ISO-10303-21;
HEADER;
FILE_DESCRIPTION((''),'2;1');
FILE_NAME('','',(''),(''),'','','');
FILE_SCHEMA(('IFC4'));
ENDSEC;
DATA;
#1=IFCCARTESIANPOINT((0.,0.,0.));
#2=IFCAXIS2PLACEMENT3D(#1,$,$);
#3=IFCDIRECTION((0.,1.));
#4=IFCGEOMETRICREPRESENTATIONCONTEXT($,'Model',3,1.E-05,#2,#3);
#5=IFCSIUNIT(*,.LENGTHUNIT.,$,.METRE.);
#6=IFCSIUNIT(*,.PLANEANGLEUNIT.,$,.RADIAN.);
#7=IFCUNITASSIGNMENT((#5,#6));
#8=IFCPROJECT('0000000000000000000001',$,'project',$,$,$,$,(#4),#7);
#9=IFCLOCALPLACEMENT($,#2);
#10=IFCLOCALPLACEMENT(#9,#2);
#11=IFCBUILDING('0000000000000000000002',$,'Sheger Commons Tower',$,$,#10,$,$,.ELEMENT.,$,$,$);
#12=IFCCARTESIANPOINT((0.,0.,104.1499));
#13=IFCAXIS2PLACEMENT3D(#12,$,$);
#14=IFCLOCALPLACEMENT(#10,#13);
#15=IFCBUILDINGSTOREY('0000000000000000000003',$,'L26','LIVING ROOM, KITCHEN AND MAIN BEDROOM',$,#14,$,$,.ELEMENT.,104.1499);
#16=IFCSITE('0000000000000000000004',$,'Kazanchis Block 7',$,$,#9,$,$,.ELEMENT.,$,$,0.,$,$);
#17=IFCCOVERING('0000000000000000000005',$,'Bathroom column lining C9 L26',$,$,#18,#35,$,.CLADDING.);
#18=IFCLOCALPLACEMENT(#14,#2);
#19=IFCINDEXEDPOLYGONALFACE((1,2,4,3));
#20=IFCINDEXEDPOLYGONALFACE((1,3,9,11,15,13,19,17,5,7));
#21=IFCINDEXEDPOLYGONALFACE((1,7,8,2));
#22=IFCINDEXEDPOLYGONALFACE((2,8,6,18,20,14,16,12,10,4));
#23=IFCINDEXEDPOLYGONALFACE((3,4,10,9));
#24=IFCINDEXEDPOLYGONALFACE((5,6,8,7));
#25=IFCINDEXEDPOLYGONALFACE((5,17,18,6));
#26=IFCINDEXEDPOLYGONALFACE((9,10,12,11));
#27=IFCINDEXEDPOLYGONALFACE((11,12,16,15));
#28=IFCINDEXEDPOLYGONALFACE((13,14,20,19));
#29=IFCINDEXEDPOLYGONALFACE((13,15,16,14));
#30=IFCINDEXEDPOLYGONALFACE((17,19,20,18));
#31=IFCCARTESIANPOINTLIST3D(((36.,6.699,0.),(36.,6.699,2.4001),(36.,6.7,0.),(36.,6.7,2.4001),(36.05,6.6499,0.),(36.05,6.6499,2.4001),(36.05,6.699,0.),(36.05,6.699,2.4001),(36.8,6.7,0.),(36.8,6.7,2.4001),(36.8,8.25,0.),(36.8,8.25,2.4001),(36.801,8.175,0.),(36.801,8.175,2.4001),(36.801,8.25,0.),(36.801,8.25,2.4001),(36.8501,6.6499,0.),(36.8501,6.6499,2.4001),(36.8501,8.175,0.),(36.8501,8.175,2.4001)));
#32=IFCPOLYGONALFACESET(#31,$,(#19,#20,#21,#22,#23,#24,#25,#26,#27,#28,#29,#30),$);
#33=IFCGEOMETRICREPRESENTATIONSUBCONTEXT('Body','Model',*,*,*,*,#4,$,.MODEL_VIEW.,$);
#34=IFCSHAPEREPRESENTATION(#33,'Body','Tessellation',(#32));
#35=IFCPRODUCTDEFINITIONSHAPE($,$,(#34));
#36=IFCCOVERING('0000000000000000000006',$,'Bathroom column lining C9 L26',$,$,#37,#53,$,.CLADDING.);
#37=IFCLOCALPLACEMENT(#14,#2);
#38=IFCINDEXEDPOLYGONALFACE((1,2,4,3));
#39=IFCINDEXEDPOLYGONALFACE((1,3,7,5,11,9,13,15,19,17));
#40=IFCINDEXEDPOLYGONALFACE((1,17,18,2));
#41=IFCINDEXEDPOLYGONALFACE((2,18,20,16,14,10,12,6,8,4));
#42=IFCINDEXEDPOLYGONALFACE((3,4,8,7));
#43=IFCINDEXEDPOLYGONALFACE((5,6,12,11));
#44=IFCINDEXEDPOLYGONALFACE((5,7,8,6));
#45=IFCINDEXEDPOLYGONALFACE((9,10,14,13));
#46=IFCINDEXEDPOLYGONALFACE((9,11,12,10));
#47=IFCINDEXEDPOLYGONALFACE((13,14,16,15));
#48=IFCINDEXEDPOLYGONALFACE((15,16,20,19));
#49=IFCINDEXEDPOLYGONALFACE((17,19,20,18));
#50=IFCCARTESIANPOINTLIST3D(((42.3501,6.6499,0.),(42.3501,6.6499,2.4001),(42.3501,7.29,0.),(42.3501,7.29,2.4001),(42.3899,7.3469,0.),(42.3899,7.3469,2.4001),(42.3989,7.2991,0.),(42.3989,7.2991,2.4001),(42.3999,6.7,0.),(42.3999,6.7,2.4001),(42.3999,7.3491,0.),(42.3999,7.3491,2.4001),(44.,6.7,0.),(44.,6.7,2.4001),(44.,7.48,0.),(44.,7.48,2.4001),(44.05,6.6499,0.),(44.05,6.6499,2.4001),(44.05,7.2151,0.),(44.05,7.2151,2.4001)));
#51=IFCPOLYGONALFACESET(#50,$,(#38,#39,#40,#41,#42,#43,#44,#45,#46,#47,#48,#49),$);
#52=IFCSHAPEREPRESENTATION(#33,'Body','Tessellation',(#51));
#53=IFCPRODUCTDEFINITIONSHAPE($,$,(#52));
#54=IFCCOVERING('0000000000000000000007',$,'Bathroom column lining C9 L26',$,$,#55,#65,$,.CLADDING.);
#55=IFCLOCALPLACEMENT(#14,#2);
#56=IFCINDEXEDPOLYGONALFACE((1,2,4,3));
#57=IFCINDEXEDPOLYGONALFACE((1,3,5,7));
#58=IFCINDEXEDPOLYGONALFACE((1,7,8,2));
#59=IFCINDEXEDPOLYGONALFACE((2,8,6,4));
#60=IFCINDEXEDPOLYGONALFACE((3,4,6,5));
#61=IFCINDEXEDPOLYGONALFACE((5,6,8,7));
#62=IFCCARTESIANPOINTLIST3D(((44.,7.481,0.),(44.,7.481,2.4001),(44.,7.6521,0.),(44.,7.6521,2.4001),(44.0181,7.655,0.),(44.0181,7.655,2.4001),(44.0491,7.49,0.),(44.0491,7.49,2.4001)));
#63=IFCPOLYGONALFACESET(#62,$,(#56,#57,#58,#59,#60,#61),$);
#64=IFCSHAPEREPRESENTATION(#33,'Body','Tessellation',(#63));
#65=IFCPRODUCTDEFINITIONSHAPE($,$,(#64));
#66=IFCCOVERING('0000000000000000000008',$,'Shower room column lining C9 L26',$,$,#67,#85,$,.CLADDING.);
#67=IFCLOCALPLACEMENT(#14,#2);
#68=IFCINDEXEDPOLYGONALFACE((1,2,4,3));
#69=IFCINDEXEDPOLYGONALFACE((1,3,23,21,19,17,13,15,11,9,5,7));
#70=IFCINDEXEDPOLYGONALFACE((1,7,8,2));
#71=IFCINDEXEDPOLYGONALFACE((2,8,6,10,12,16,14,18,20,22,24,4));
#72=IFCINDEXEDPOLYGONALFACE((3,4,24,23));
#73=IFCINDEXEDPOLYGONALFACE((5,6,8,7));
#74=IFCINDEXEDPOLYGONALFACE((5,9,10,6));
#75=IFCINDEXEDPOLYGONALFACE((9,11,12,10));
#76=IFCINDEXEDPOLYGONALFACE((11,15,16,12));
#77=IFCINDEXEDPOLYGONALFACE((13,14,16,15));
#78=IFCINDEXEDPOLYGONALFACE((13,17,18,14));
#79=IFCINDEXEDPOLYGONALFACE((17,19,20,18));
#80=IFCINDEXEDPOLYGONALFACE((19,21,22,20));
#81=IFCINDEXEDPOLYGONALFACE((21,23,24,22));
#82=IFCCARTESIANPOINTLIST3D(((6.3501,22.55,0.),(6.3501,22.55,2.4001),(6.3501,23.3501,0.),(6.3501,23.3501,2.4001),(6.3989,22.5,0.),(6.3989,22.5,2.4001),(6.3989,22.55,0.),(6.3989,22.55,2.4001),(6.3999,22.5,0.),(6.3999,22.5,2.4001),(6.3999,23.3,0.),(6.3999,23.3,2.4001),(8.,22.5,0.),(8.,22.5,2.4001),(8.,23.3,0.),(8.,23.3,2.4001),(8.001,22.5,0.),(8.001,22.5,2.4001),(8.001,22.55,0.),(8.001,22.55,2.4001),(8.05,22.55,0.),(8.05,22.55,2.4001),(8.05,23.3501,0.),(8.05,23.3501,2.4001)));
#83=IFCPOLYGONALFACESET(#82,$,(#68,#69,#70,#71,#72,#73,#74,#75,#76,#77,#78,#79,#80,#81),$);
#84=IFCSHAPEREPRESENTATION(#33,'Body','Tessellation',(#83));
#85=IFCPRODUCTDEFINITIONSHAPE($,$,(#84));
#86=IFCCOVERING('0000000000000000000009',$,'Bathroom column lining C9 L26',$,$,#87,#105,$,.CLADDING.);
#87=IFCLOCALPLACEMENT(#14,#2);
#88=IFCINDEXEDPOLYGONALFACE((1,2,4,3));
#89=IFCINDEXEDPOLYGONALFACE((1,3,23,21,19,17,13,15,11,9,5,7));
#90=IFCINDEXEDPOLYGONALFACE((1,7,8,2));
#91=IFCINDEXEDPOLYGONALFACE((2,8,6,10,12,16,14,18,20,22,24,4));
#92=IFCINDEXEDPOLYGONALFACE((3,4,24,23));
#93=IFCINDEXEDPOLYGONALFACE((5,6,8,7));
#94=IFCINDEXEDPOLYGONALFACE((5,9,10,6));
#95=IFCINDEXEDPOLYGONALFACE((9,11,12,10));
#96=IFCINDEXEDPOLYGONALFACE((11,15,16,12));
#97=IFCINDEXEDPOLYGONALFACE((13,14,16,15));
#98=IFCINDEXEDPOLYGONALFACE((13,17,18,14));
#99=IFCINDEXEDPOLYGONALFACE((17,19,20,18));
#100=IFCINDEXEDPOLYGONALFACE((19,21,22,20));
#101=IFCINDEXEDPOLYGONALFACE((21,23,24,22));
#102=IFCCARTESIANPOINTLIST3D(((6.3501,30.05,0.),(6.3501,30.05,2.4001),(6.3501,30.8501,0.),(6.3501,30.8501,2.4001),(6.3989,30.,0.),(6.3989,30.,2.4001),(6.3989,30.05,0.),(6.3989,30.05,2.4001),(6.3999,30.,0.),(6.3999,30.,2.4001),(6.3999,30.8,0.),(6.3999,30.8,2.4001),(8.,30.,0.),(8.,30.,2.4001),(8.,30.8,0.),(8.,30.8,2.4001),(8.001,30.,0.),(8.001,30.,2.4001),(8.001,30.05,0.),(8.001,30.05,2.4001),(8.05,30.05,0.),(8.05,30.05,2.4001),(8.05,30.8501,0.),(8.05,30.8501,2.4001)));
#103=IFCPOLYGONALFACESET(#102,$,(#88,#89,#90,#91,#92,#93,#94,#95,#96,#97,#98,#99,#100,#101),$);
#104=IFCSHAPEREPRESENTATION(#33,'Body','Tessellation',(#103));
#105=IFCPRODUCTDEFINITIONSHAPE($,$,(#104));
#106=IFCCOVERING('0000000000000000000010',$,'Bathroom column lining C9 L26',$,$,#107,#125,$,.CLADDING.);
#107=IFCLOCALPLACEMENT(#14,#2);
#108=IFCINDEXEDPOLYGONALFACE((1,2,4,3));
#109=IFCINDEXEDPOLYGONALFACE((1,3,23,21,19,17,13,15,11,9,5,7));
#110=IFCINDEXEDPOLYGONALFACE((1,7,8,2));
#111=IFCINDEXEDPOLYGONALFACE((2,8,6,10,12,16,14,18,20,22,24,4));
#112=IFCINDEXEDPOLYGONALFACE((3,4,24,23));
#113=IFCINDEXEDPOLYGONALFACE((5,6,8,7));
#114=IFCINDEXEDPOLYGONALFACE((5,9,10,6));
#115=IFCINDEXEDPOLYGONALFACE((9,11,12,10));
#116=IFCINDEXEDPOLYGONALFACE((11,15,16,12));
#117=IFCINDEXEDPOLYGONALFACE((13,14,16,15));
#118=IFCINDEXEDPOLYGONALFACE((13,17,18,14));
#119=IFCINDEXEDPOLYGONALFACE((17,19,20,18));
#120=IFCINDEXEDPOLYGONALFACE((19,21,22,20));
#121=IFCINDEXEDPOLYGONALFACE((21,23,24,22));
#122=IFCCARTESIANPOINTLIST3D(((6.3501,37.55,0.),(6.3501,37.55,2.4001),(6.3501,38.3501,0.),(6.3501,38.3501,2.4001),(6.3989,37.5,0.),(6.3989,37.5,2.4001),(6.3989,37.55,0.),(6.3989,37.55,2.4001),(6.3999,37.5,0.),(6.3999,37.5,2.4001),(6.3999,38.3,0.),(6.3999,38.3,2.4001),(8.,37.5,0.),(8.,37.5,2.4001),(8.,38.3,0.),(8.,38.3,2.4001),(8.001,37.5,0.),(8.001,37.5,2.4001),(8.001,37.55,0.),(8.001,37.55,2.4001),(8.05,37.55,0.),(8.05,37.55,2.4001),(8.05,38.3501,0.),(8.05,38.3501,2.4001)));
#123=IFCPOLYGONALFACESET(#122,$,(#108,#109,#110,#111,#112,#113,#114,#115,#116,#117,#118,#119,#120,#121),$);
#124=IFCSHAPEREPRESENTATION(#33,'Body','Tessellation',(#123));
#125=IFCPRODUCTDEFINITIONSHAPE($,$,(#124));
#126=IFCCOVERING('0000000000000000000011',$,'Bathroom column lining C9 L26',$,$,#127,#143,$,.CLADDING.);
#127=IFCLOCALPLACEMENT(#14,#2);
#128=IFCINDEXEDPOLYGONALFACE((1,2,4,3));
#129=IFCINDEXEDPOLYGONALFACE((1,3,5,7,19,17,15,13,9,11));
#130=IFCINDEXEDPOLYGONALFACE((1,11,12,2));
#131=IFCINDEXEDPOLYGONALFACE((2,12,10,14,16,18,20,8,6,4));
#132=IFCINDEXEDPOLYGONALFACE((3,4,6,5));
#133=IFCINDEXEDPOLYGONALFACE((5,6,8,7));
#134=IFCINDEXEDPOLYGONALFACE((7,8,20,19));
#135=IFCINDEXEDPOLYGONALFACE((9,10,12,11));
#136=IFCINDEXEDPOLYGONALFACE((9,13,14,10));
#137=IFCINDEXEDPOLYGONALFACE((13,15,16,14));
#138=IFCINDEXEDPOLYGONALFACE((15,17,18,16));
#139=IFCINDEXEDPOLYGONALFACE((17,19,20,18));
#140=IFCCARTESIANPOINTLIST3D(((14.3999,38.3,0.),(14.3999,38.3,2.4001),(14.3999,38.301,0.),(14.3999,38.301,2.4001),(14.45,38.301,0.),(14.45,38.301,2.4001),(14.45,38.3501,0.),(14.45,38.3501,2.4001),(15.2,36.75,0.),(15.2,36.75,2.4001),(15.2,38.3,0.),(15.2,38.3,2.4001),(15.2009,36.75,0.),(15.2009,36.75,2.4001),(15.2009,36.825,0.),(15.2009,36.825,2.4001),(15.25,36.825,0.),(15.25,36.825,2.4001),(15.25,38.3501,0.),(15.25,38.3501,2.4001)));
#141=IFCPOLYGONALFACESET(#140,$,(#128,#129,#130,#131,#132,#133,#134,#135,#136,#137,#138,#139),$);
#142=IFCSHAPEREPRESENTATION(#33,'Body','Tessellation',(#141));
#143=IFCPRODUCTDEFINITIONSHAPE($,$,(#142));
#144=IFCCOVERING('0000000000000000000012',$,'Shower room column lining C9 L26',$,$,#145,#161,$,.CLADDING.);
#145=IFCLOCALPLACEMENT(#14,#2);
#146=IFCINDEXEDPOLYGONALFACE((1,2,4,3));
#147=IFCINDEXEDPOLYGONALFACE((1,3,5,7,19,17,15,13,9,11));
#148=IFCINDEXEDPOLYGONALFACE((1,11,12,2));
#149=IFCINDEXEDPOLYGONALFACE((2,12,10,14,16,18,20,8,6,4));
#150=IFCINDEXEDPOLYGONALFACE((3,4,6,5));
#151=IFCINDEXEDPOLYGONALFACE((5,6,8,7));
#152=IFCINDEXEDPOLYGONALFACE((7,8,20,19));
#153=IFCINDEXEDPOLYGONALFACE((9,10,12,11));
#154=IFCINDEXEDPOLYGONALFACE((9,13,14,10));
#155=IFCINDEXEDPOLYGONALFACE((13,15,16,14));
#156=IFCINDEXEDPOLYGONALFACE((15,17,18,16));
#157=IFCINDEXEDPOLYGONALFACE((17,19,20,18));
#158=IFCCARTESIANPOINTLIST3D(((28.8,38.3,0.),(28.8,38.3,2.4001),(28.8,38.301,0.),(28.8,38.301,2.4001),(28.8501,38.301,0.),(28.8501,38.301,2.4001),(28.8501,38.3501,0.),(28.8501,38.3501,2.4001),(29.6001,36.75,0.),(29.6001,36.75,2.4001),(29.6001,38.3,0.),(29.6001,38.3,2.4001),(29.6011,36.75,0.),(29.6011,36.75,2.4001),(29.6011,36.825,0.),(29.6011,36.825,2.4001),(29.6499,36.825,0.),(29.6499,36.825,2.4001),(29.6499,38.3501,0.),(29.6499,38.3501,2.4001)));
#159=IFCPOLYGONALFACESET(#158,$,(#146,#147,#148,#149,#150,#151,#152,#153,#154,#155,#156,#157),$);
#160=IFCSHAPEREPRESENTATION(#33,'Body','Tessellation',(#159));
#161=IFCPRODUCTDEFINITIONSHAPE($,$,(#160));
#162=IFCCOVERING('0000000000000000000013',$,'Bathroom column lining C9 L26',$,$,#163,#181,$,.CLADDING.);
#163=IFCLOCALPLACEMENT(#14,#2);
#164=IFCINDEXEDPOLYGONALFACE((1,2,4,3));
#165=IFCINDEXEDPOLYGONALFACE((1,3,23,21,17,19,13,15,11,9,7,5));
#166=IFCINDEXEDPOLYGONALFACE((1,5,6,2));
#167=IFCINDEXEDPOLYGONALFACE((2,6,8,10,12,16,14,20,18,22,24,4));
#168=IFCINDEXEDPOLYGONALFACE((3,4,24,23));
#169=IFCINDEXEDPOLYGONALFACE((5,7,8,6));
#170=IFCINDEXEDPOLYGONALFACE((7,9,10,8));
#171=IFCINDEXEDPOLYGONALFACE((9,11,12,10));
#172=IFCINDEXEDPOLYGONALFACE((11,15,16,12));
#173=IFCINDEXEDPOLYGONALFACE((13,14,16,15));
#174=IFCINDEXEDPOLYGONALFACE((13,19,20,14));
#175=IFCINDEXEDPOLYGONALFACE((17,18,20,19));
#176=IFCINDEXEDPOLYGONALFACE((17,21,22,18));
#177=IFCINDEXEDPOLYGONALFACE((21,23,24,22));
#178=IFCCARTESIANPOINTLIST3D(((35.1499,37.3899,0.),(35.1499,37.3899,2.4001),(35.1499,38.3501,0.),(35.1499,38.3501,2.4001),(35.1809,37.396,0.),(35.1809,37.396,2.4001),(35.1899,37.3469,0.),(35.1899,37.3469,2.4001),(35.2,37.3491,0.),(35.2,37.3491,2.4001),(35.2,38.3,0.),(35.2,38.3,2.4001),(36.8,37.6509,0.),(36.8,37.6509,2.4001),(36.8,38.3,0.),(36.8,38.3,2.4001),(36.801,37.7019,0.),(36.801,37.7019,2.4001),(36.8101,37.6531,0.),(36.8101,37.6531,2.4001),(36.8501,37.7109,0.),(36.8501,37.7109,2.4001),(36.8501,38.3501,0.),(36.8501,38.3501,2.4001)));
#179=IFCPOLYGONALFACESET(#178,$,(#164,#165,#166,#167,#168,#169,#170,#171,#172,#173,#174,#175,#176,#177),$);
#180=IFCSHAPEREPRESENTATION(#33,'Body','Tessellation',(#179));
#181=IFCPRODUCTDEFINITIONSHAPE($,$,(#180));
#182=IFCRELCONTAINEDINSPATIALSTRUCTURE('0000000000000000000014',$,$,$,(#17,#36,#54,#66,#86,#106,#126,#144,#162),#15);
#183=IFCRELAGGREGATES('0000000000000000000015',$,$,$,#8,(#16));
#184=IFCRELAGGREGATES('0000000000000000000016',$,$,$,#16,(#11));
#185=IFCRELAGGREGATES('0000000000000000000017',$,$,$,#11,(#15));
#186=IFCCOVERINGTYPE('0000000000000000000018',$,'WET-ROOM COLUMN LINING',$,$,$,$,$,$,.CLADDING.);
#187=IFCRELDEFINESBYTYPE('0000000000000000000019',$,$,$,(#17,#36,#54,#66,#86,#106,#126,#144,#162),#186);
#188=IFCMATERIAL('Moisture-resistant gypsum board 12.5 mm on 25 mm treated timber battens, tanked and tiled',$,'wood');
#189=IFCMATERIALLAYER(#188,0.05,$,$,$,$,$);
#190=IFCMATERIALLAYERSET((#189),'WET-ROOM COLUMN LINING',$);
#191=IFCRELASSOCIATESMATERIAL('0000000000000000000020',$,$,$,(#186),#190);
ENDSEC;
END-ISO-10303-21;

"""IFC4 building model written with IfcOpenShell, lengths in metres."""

from ifc_helpers import new_model, si_unit, direction, frame, origin, place, context, subcontext, project, spatial, polyline, outline, extrude, material, layer, layer_set, type_object, element, save


model = new_model("IFC4")

# Units and contexts
model_context = context("Model", 3, precision=1e-05, world=origin(), true_north=direction((0.0, 1.0)))
body_context = subcontext(model_context, "Body", "Model", "MODEL_VIEW")
ifc_project = project(units=[si_unit("LENGTHUNIT", "METRE"), si_unit("PLANEANGLEUNIT", "RADIAN")], contexts=[model_context])

# Site, building, storey
site_placement = place(None, origin())
site = spatial("IfcSite", under=ifc_project, at=site_placement, Name="Kazanchis Block 7", CompositionType="ELEMENT", RefElevation=0.0)
building_placement = place(site_placement, origin())
building = spatial("IfcBuilding", under=site, at=building_placement, Name="Sheger Commons Tower", CompositionType="ELEMENT")
storey_placement = place(building_placement, frame((0.0, 0.0, 104.1499)))
storey = spatial("IfcBuildingStorey", under=building, at=storey_placement, Name="L26", Description="LIVING ROOM, KITCHEN AND MAIN BEDROOM", CompositionType="ELEMENT", Elevation=104.1499)

# Coverings
ifc_material_1 = material(Name="Moisture-resistant gypsum board 12.5 mm on 25 mm treated timber battens, tanked and tiled", Category="wood")
ifc_layer_1 = layer(ifc_material_1, 0.05)
ifc_layer_set_1 = layer_set([ifc_layer_1], Name="WET-ROOM COLUMN LINING")
covering_type_1 = type_object("IfcCoveringType", Name="WET-ROOM COLUMN LINING", PredefinedType="CLADDING", material=ifc_layer_set_1)
covering_1_placement = place(storey_placement, origin())
element("IfcCovering", 1, at=covering_1_placement, inside=storey, type_object=covering_type_1, Name="Bathroom column lining C9 L26", PredefinedType="CLADDING", context=body_context, shape_type="SweptSolid", body=[
    extrude(outline(polyline([(36.05, 6.6499), (36.05, 6.699), (36.0, 6.699), (36.0, 6.7), (36.8, 6.7), (36.8, 8.25), (36.801, 8.25), (36.801, 8.175), (36.8501, 8.175), (36.8501, 6.6499), (36.05, 6.6499)])), origin(), (0.0, 0.0, 1.0), 2.4001),
])
covering_2_placement = place(storey_placement, origin())
element("IfcCovering", 2, at=covering_2_placement, inside=storey, type_object=covering_type_1, Name="Bathroom column lining C9 L26", PredefinedType="CLADDING", context=body_context, shape_type="SweptSolid", body=[
    extrude(outline(polyline([(42.3999, 7.3491), (42.3999, 6.7), (44.0, 6.7), (44.0, 7.48), (44.05, 7.2151), (44.05, 6.6499), (42.3501, 6.6499), (42.3501, 7.29), (42.3989, 7.2991), (42.3899, 7.3469), (42.3999, 7.3491)])), origin(), (0.0, 0.0, 1.0), 2.4001),
])
covering_3_placement = place(storey_placement, origin())
element("IfcCovering", 3, at=covering_3_placement, inside=storey, type_object=covering_type_1, Name="Bathroom column lining C9 L26", PredefinedType="CLADDING", context=body_context, shape_type="SweptSolid", body=[
    extrude(outline(polyline([(44.0, 7.6521), (44.0181, 7.655), (44.0491, 7.49), (44.0, 7.481), (44.0, 7.6521)])), origin(), (0.0, 0.0, 1.0), 2.4001),
])
covering_4_placement = place(storey_placement, origin())
element("IfcCovering", 4, at=covering_4_placement, inside=storey, type_object=covering_type_1, Name="Shower room column lining C9 L26", PredefinedType="CLADDING", context=body_context, shape_type="SweptSolid", body=[
    extrude(outline(polyline([(8.05, 23.3501), (8.05, 22.55), (8.001, 22.55), (8.001, 22.5), (8.0, 22.5), (8.0, 23.3), (6.3999, 23.3), (6.3999, 22.5), (6.3989, 22.5), (6.3989, 22.55), (6.3501, 22.55), (6.3501, 23.3501), (8.05, 23.3501)])), origin(), (0.0, 0.0, 1.0), 2.4001),
])
covering_5_placement = place(storey_placement, origin())
element("IfcCovering", 5, at=covering_5_placement, inside=storey, type_object=covering_type_1, Name="Bathroom column lining C9 L26", PredefinedType="CLADDING", context=body_context, shape_type="SweptSolid", body=[
    extrude(outline(polyline([(8.05, 30.8501), (8.05, 30.05), (8.001, 30.05), (8.001, 30.0), (8.0, 30.0), (8.0, 30.8), (6.3999, 30.8), (6.3999, 30.0), (6.3989, 30.0), (6.3989, 30.05), (6.3501, 30.05), (6.3501, 30.8501), (8.05, 30.8501)])), origin(), (0.0, 0.0, 1.0), 2.4001),
])
covering_6_placement = place(storey_placement, origin())
element("IfcCovering", 6, at=covering_6_placement, inside=storey, type_object=covering_type_1, Name="Bathroom column lining C9 L26", PredefinedType="CLADDING", context=body_context, shape_type="SweptSolid", body=[
    extrude(outline(polyline([(8.05, 38.3501), (8.05, 37.55), (8.001, 37.55), (8.001, 37.5), (8.0, 37.5), (8.0, 38.3), (6.3999, 38.3), (6.3999, 37.5), (6.3989, 37.5), (6.3989, 37.55), (6.3501, 37.55), (6.3501, 38.3501), (8.05, 38.3501)])), origin(), (0.0, 0.0, 1.0), 2.4001),
])
covering_7_placement = place(storey_placement, origin())
element("IfcCovering", 7, at=covering_7_placement, inside=storey, type_object=covering_type_1, Name="Bathroom column lining C9 L26", PredefinedType="CLADDING", context=body_context, shape_type="SweptSolid", body=[
    extrude(outline(polyline([(15.25, 36.825), (15.2009, 36.825), (15.2009, 36.75), (15.2, 36.75), (15.2, 38.3), (14.3999, 38.3), (14.3999, 38.301), (14.45, 38.301), (14.45, 38.3501), (15.25, 38.3501), (15.25, 36.825)])), origin(), (0.0, 0.0, 1.0), 2.4001),
])
covering_8_placement = place(storey_placement, origin())
element("IfcCovering", 8, at=covering_8_placement, inside=storey, type_object=covering_type_1, Name="Shower room column lining C9 L26", PredefinedType="CLADDING", context=body_context, shape_type="SweptSolid", body=[
    extrude(outline(polyline([(29.6499, 36.825), (29.6011, 36.825), (29.6011, 36.75), (29.6001, 36.75), (29.6001, 38.3), (28.8, 38.3), (28.8, 38.301), (28.8501, 38.301), (28.8501, 38.3501), (29.6499, 38.3501), (29.6499, 36.825)])), origin(), (0.0, 0.0, 1.0), 2.4001),
])
covering_9_placement = place(storey_placement, origin())
element("IfcCovering", 9, at=covering_9_placement, inside=storey, type_object=covering_type_1, Name="Bathroom column lining C9 L26", PredefinedType="CLADDING", context=body_context, shape_type="SweptSolid", body=[
    extrude(outline(polyline([(36.8501, 38.3501), (36.8501, 37.7109), (36.801, 37.7019), (36.8101, 37.6531), (36.8, 37.6509), (36.8, 38.3), (35.2, 38.3), (35.2, 37.3491), (35.1899, 37.3469), (35.1809, 37.396), (35.1499, 37.3899), (35.1499, 38.3501), (36.8501, 38.3501)])), origin(), (0.0, 0.0, 1.0), 2.4001),
])

save(model, "model.ifc")
